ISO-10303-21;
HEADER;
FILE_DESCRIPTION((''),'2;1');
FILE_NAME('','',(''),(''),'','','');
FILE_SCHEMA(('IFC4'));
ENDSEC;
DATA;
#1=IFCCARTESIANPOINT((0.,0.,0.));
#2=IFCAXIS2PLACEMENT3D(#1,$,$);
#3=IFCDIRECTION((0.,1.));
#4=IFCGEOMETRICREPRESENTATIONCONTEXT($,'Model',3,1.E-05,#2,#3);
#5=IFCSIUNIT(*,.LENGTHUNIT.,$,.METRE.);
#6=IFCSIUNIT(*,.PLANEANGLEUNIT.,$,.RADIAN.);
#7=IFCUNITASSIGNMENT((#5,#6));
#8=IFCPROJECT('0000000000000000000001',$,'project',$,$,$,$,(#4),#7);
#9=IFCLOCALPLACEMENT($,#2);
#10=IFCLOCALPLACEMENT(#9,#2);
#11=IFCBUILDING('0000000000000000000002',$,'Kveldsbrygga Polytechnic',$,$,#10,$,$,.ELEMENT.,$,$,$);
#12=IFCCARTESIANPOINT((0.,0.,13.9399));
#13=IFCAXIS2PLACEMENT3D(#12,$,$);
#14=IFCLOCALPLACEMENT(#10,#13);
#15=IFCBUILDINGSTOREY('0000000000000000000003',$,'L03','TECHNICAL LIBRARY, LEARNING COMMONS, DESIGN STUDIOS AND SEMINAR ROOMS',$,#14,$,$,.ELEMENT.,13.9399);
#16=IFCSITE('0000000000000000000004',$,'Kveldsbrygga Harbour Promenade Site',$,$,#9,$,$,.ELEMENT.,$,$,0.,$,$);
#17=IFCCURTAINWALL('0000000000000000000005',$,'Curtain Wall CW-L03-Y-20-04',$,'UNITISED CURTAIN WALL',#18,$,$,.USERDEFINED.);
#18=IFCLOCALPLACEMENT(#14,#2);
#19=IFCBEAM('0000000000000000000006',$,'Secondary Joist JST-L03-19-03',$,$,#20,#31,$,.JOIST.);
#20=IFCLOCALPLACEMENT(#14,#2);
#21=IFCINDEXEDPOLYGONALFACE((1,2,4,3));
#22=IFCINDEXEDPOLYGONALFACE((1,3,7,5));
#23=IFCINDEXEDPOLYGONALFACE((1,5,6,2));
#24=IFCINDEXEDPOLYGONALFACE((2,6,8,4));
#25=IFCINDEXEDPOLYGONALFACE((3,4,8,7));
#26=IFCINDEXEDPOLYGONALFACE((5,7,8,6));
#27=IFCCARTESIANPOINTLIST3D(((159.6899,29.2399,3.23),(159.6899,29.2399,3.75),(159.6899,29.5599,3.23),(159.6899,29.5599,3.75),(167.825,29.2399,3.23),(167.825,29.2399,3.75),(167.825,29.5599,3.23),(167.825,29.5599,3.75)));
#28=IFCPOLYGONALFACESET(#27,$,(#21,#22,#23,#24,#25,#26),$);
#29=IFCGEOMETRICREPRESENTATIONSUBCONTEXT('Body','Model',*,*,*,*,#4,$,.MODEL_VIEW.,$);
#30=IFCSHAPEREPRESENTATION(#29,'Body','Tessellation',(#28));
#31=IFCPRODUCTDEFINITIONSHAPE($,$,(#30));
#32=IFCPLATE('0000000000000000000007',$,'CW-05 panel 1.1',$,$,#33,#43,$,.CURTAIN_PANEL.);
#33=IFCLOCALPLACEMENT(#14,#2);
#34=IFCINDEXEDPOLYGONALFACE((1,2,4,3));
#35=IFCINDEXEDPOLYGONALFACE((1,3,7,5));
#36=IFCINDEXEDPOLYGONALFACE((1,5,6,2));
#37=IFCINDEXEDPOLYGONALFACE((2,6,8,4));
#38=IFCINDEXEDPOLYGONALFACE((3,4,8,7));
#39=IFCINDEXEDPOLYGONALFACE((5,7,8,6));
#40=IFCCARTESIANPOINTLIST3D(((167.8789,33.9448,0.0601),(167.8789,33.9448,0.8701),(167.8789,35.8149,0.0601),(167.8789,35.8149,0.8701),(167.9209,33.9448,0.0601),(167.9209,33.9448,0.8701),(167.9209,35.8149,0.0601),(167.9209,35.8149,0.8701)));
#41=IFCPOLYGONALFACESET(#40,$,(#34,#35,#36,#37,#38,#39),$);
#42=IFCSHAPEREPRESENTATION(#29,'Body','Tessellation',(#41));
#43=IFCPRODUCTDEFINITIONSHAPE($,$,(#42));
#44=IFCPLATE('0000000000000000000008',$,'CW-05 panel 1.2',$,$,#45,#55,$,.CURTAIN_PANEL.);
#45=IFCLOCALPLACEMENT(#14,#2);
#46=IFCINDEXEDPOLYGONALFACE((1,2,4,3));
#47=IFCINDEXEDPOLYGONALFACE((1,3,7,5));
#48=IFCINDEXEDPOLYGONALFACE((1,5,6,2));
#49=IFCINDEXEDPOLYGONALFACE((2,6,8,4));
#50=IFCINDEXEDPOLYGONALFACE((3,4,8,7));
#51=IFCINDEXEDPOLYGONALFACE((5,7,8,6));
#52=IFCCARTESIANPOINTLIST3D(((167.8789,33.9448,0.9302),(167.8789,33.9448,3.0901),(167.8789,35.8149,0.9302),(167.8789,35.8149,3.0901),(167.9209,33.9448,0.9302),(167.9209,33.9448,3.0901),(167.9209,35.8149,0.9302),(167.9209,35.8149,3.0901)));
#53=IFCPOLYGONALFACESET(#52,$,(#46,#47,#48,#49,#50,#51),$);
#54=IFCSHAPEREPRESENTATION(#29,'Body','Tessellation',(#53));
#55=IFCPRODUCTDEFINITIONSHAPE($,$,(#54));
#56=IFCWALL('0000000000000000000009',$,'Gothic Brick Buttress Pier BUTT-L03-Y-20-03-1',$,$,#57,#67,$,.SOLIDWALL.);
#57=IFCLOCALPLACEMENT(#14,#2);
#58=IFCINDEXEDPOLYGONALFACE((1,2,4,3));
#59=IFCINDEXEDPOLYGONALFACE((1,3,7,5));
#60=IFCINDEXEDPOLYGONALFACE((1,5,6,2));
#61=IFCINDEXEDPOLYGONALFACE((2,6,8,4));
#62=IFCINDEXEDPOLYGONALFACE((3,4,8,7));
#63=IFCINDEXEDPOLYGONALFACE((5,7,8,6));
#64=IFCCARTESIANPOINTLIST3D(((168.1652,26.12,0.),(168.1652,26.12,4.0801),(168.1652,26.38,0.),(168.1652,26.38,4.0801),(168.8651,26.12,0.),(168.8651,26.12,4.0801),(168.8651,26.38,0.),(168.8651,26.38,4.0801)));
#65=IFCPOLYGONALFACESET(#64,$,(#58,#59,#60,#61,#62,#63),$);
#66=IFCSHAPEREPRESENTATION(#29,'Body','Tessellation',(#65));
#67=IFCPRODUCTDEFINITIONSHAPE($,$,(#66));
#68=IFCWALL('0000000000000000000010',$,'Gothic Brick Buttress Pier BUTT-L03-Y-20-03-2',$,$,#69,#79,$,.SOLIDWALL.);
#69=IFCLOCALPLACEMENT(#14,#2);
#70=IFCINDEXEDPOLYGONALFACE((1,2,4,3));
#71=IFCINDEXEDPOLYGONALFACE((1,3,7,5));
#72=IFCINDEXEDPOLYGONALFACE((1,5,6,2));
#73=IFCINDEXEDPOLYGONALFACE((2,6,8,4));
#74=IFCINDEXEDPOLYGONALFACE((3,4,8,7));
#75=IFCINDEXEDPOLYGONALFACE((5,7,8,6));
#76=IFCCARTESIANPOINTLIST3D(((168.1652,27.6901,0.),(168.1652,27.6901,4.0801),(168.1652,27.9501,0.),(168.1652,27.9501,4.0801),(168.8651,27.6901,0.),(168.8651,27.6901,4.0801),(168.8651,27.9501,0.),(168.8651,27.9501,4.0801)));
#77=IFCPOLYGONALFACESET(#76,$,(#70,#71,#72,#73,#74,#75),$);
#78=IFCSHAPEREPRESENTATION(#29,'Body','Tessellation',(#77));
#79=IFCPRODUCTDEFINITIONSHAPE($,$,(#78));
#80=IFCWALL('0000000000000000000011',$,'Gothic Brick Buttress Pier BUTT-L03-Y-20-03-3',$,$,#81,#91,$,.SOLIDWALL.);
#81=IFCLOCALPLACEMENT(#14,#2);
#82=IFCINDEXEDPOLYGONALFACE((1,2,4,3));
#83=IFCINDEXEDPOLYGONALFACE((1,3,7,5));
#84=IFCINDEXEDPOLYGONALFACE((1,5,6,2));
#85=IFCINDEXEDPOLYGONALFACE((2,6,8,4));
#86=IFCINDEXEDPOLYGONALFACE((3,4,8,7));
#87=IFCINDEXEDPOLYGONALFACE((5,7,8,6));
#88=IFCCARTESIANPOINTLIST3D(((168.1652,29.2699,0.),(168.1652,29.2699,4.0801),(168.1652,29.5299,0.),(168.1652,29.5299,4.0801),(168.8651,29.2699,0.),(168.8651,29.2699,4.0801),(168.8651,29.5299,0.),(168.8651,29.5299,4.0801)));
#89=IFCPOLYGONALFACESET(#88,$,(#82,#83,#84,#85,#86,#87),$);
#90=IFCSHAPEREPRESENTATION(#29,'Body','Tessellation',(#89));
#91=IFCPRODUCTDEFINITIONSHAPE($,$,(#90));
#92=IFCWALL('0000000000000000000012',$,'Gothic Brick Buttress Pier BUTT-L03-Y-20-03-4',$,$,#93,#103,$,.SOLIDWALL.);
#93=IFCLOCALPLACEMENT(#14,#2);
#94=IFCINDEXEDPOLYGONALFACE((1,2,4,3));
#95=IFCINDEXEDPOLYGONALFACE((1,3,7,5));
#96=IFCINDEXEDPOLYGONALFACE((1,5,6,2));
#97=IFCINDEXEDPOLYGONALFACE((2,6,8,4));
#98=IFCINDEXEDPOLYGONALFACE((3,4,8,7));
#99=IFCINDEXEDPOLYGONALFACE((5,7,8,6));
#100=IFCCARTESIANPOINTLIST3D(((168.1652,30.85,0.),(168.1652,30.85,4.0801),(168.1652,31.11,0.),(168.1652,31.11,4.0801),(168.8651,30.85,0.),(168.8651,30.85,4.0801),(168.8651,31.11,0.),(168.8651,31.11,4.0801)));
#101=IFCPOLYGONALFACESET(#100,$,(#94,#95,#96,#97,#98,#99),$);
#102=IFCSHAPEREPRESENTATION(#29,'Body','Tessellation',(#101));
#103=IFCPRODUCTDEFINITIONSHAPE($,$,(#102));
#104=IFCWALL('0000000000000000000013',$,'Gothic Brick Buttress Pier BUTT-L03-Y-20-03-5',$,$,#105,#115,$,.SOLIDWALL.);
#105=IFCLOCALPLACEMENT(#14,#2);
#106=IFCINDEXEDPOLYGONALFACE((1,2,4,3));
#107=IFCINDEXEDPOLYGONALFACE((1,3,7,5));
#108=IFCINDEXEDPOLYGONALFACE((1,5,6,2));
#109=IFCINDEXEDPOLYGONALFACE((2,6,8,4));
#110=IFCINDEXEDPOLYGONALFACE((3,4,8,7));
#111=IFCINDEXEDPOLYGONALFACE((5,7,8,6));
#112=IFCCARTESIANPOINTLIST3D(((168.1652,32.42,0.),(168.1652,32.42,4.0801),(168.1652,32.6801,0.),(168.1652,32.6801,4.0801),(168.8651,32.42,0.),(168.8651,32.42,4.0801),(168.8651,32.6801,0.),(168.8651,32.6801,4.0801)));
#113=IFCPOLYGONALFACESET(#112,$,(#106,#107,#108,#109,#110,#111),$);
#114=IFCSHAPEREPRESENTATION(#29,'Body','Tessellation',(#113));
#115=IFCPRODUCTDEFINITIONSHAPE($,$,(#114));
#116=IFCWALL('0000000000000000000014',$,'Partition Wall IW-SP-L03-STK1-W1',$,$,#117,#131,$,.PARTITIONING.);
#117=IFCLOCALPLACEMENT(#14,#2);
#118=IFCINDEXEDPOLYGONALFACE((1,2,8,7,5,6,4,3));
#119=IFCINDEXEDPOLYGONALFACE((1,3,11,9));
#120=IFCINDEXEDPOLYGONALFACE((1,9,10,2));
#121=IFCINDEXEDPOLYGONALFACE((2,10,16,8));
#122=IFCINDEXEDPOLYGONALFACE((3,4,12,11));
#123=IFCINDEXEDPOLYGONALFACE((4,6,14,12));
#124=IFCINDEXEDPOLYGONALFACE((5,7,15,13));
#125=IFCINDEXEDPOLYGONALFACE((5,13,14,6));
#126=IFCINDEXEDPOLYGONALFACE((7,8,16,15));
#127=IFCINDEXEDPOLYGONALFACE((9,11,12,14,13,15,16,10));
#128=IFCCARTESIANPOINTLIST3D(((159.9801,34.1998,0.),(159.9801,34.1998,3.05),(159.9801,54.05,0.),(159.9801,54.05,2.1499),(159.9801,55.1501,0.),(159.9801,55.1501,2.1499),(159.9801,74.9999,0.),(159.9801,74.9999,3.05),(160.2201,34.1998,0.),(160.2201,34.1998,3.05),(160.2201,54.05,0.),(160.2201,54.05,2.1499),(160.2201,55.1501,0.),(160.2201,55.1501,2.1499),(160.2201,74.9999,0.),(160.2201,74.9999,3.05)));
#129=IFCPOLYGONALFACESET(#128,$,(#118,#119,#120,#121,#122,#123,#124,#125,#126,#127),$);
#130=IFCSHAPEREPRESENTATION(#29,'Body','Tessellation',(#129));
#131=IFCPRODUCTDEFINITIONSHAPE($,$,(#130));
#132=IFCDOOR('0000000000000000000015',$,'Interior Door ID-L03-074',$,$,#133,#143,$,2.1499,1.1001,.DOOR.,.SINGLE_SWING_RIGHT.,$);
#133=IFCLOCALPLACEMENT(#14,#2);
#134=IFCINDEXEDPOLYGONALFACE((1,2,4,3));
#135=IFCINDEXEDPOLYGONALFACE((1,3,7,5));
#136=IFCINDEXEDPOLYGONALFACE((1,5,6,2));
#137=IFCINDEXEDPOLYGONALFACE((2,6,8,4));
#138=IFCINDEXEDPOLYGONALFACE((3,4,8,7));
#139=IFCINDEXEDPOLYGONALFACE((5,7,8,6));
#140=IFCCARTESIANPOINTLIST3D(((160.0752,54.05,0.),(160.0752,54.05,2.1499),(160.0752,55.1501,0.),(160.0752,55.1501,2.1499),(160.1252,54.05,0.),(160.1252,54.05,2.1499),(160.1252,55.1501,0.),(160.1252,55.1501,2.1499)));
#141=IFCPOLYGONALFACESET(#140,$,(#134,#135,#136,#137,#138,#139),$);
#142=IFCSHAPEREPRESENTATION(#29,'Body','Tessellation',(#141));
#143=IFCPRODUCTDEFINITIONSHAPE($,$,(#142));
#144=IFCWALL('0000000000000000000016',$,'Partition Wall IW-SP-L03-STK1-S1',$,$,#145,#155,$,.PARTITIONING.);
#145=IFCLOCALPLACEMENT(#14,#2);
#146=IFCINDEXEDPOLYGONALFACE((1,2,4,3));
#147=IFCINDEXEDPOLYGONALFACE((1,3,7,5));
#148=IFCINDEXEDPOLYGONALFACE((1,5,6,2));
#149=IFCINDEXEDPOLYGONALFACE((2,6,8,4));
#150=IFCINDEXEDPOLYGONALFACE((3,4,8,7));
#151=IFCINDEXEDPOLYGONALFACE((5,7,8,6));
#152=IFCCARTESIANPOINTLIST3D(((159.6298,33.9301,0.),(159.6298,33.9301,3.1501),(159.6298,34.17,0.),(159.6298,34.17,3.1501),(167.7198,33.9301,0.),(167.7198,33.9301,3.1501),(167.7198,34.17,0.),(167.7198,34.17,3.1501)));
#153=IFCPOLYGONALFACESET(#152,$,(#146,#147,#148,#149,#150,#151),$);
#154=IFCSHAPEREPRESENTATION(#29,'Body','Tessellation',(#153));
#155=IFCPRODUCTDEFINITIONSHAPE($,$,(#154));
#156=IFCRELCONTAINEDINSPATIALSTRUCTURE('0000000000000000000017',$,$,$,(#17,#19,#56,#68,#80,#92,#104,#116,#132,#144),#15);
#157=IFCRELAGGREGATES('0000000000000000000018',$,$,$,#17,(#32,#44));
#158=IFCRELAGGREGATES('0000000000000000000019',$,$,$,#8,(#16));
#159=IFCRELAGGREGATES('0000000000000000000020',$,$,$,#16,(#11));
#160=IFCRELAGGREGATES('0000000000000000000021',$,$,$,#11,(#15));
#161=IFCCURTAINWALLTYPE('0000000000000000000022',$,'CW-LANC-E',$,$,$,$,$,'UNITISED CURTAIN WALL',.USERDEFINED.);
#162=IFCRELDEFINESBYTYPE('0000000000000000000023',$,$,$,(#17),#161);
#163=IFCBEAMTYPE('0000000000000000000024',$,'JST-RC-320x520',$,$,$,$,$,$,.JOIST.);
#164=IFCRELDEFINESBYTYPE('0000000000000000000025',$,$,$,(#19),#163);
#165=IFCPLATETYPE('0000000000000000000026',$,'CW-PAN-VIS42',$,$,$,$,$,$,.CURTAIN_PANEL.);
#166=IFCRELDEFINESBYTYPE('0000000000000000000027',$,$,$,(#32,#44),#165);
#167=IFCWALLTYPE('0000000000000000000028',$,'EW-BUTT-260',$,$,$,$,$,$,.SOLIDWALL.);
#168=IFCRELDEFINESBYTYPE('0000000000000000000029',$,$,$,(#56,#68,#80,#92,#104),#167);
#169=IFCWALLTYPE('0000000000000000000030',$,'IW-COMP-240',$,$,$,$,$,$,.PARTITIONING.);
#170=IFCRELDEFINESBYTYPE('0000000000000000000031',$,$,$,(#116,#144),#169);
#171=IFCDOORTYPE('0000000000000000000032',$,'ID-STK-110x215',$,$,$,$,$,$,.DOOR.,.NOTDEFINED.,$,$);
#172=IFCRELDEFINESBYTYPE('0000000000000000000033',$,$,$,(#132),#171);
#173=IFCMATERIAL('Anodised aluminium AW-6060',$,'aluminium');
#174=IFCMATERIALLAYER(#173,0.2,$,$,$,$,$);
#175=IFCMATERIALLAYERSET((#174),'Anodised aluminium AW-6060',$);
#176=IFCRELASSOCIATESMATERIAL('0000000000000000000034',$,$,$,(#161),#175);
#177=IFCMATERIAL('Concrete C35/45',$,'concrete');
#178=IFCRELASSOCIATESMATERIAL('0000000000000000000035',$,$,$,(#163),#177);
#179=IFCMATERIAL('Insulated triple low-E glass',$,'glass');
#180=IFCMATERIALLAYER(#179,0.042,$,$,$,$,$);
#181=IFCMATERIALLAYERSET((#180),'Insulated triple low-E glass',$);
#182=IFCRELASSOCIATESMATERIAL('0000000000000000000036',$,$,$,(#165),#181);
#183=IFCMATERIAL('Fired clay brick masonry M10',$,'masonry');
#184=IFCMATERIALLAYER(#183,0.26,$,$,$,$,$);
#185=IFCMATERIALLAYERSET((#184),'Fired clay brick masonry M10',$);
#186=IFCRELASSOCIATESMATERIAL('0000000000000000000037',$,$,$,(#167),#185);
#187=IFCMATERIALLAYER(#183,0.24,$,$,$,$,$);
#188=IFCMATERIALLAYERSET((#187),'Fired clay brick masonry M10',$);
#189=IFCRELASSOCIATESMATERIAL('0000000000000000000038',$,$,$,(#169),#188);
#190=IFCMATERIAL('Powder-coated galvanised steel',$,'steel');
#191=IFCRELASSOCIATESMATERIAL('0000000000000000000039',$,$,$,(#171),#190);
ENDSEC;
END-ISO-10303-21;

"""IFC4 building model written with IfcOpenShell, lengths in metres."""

from ifc_helpers import new_model, si_unit, direction, frame, frame_2d, origin, origin_2d, place, context, subcontext, project, spatial, rectangle, extrude, material, layer, layer_set, material_profile, profile_set, type_object, element, fill, aggregate, save


model = new_model("IFC4")

# Units and contexts
model_context = context("Model", 3, precision=1e-05, world=origin(), true_north=direction((0.0, 1.0)))
body_context = subcontext(model_context, "Body", "Model", "MODEL_VIEW")
ifc_project = project(units=[si_unit("LENGTHUNIT", "METRE"), si_unit("PLANEANGLEUNIT", "RADIAN")], contexts=[model_context])

# Site, building, storey
site_placement = place(None, origin())
site = spatial("IfcSite", under=ifc_project, at=site_placement, Name="Kveldsbrygga Harbour Promenade Site", CompositionType="ELEMENT", RefElevation=0.0)
building_placement = place(site_placement, origin())
building = spatial("IfcBuilding", under=site, at=building_placement, Name="Kveldsbrygga Polytechnic", CompositionType="ELEMENT")
storey_placement = place(building_placement, frame((0.0, 0.0, 13.9399)))
storey = spatial("IfcBuildingStorey", under=building, at=storey_placement, Name="L03", Description="TECHNICAL LIBRARY, LEARNING COMMONS, DESIGN STUDIOS AND SEMINAR ROOMS", CompositionType="ELEMENT", Elevation=13.9399)

# Shared definitions
ifc_material_1 = material(Name="Concrete C35/45", Category="concrete")

# Curtain wall
ifc_material_2 = material(Name="Anodised aluminium AW-6060", Category="aluminium")
ifc_layer_1 = layer(ifc_material_2, 0.2)
ifc_layer_set_1 = layer_set([ifc_layer_1], Name="Anodised aluminium AW-6060")
curtain_wall_type = type_object("IfcCurtainWallType", Name="CW-LANC-E", ElementType="UNITISED CURTAIN WALL", PredefinedType="USERDEFINED", material=ifc_layer_set_1)
curtain_wall_placement = place(storey_placement, origin())
curtain_wall = element("IfcCurtainWall", 1, at=curtain_wall_placement, inside=storey, type_object=curtain_wall_type, Name="Curtain Wall CW-L03-Y-20-04", ObjectType="UNITISED CURTAIN WALL", PredefinedType="USERDEFINED")

# Beam
ifc_material_profile_1 = material_profile(ifc_material_1, rectangle(XDim=0.3201, YDim=0.52, at=origin_2d()), Name="RC 320x520")
ifc_profile_set_1 = profile_set([ifc_material_profile_1], Name="Concrete C35/45")
beam_type_1 = type_object("IfcBeamType", Name="JST-RC-320x520", PredefinedType="JOIST", material=ifc_profile_set_1)
beam_1_placement = place(storey_placement, frame((159.6899, 29.3999, 3.49), z_axis=(1.0, 0.0, 0.0), x_axis=(0.0, 1.0, 0.0)))
element("IfcBeam", 2, at=beam_1_placement, inside=storey, type_object=beam_type_1, Name="Secondary Joist JST-L03-19-03", PredefinedType="JOIST", context=body_context, shape_type="SweptSolid", body=[
    extrude(rectangle(XDim=0.3201, YDim=0.52, at=origin_2d()), origin(), (0.0, 0.0, 1.0), 8.135),
])

# Plates
ifc_material_3 = material(Name="Insulated triple low-E glass", Category="glass")
ifc_layer_2 = layer(ifc_material_3, 0.042)
ifc_layer_set_2 = layer_set([ifc_layer_2], Name="Insulated triple low-E glass")
plate_type = type_object("IfcPlateType", Name="CW-PAN-VIS42", PredefinedType="CURTAIN_PANEL", material=ifc_layer_set_2)
plate_1_placement = place(storey_placement, frame((167.8999, 34.8799, 0.0601), z_axis=(0.0, 0.0, 1.0), x_axis=(0.0, 1.0, 0.0)))
plate_1 = element("IfcPlate", 3, at=plate_1_placement, type_object=plate_type, Name="CW-05 panel 1.1", PredefinedType="CURTAIN_PANEL", context=body_context, shape_type="SweptSolid", body=[
    extrude(rectangle(XDim=1.8701, YDim=0.042, at=origin_2d()), origin(), (0.0, 0.0, 1.0), 0.8101),
])
plate_2_placement = place(storey_placement, frame((167.8999, 34.8799, 0.9302), z_axis=(0.0, 0.0, 1.0), x_axis=(0.0, 1.0, 0.0)))
plate_2 = element("IfcPlate", 4, at=plate_2_placement, type_object=plate_type, Name="CW-05 panel 1.2", PredefinedType="CURTAIN_PANEL", context=body_context, shape_type="SweptSolid", body=[
    extrude(rectangle(XDim=1.8701, YDim=0.042, at=origin_2d()), origin(), (0.0, 0.0, 1.0), 2.1599),
])
aggregate(curtain_wall, [plate_1, plate_2])

# Walls
ifc_material_4 = material(Name="Fired clay brick masonry M10", Category="masonry")
ifc_layer_3 = layer(ifc_material_4, 0.26)
ifc_layer_set_3 = layer_set([ifc_layer_3], Name="Fired clay brick masonry M10")
wall_type_1 = type_object("IfcWallType", Name="EW-BUTT-260", PredefinedType="SOLIDWALL", material=ifc_layer_set_3)
for number, where, z_axis, x_axis, name in (
    (5, (168.165, 26.25, 0.0), (0.0, 0.0, 1.0), (1.0, 0.0, 0.0), "Gothic Brick Buttress Pier BUTT-L03-Y-20-03-1"),
    (6, (168.165, 27.8201, 0.0), (0.0, 0.0, 1.0), (1.0, 0.0, 0.0), "Gothic Brick Buttress Pier BUTT-L03-Y-20-03-2"),
    (7, (168.165, 29.3999, 0.0), (0.0, 0.0, 1.0), (1.0, 0.0, 0.0), "Gothic Brick Buttress Pier BUTT-L03-Y-20-03-3"),
    (8, (168.165, 30.98, 0.0), (0.0, 0.0, 1.0), (1.0, 0.0, 0.0), "Gothic Brick Buttress Pier BUTT-L03-Y-20-03-4"),
    (9, (168.165, 32.55, 0.0), (0.0, 0.0, 1.0), (1.0, 0.0, 0.0), "Gothic Brick Buttress Pier BUTT-L03-Y-20-03-5"),
):
    element("IfcWall", number, at=place(storey_placement, frame(where, z_axis=z_axis, x_axis=x_axis)), inside=storey, type_object=wall_type_1, Name=name, PredefinedType="SOLIDWALL", context=body_context, shape_type="SweptSolid", body=[
        extrude(rectangle(XDim=0.7, YDim=0.26, at=frame_2d((0.3501, 0.0))), origin(), (0.0, 0.0, 1.0), 4.0801),
    ])

# Wall, opening, door
ifc_layer_4 = layer(ifc_material_4, 0.24)
ifc_layer_set_4 = layer_set([ifc_layer_4], Name="Fired clay brick masonry M10")
wall_type_2 = type_object("IfcWallType", Name="IW-COMP-240", PredefinedType="PARTITIONING", material=ifc_layer_set_4)
wall_1_placement = place(storey_placement, frame((160.1001, 34.2, 0.0), z_axis=(0.0, 0.0, 1.0), x_axis=(0.0, 1.0, 0.0)))
wall_1 = element("IfcWall", 10, at=wall_1_placement, inside=storey, type_object=wall_type_2, Name="Partition Wall IW-SP-L03-STK1-W1", PredefinedType="PARTITIONING", context=body_context, shape_type="SweptSolid", body=[
    extrude(rectangle(XDim=40.8, YDim=0.24, at=frame_2d((20.3999, 0.0))), origin(), (0.0, 0.0, 1.0), 3.05),
])
opening_placement = place(wall_1_placement, frame((19.8501, 0.0, 0.0)))
opening = element("IfcOpeningElement", 11, at=opening_placement, cuts=wall_1, PredefinedType="OPENING", context=body_context, shape_type="SweptSolid", body=[
    extrude(rectangle(XDim=1.1001, YDim=2.1499, at=frame_2d((0.55, 1.075))), frame((0.0, 0.1299, 0.0), z_axis=(0.0, -1.0, 0.0), x_axis=(1.0, 0.0, 0.0)), (0.0, 0.0, 1.0), 0.26),
])
ifc_material_5 = material(Name="Powder-coated galvanised steel", Category="steel")
door_type = type_object("IfcDoorType", Name="ID-STK-110x215", OperationType="NOTDEFINED", PredefinedType="DOOR", material=ifc_material_5)
door_placement = place(opening_placement, origin())
door = element("IfcDoor", 12, at=door_placement, inside=storey, type_object=door_type, Name="Interior Door ID-L03-074", OperationType="SINGLE_SWING_RIGHT", OverallHeight=2.1499, OverallWidth=1.1001, PredefinedType="DOOR", context=body_context, shape_type="SweptSolid", body=[
    extrude(rectangle(XDim=1.1001, YDim=2.1499, at=frame_2d((0.55, 1.075))), frame((0.0, 0.0249, 0.0), z_axis=(0.0, -1.0, 0.0), x_axis=(1.0, 0.0, 0.0)), (0.0, 0.0, 1.0), 0.05),
])
fill(opening, door)

# Wall
wall_2_placement = place(storey_placement, frame((159.6299, 34.05, 0.0), z_axis=(0.0, 0.0, 1.0), x_axis=(1.0, 0.0, 0.0)))
element("IfcWall", 13, at=wall_2_placement, inside=storey, type_object=wall_type_2, Name="Partition Wall IW-SP-L03-STK1-S1", PredefinedType="PARTITIONING", context=body_context, shape_type="SweptSolid", body=[
    extrude(rectangle(XDim=8.0901, YDim=0.24, at=frame_2d((4.0449, 0.0))), origin(), (0.0, 0.0, 1.0), 3.1501),
])

save(model, "model.ifc")
